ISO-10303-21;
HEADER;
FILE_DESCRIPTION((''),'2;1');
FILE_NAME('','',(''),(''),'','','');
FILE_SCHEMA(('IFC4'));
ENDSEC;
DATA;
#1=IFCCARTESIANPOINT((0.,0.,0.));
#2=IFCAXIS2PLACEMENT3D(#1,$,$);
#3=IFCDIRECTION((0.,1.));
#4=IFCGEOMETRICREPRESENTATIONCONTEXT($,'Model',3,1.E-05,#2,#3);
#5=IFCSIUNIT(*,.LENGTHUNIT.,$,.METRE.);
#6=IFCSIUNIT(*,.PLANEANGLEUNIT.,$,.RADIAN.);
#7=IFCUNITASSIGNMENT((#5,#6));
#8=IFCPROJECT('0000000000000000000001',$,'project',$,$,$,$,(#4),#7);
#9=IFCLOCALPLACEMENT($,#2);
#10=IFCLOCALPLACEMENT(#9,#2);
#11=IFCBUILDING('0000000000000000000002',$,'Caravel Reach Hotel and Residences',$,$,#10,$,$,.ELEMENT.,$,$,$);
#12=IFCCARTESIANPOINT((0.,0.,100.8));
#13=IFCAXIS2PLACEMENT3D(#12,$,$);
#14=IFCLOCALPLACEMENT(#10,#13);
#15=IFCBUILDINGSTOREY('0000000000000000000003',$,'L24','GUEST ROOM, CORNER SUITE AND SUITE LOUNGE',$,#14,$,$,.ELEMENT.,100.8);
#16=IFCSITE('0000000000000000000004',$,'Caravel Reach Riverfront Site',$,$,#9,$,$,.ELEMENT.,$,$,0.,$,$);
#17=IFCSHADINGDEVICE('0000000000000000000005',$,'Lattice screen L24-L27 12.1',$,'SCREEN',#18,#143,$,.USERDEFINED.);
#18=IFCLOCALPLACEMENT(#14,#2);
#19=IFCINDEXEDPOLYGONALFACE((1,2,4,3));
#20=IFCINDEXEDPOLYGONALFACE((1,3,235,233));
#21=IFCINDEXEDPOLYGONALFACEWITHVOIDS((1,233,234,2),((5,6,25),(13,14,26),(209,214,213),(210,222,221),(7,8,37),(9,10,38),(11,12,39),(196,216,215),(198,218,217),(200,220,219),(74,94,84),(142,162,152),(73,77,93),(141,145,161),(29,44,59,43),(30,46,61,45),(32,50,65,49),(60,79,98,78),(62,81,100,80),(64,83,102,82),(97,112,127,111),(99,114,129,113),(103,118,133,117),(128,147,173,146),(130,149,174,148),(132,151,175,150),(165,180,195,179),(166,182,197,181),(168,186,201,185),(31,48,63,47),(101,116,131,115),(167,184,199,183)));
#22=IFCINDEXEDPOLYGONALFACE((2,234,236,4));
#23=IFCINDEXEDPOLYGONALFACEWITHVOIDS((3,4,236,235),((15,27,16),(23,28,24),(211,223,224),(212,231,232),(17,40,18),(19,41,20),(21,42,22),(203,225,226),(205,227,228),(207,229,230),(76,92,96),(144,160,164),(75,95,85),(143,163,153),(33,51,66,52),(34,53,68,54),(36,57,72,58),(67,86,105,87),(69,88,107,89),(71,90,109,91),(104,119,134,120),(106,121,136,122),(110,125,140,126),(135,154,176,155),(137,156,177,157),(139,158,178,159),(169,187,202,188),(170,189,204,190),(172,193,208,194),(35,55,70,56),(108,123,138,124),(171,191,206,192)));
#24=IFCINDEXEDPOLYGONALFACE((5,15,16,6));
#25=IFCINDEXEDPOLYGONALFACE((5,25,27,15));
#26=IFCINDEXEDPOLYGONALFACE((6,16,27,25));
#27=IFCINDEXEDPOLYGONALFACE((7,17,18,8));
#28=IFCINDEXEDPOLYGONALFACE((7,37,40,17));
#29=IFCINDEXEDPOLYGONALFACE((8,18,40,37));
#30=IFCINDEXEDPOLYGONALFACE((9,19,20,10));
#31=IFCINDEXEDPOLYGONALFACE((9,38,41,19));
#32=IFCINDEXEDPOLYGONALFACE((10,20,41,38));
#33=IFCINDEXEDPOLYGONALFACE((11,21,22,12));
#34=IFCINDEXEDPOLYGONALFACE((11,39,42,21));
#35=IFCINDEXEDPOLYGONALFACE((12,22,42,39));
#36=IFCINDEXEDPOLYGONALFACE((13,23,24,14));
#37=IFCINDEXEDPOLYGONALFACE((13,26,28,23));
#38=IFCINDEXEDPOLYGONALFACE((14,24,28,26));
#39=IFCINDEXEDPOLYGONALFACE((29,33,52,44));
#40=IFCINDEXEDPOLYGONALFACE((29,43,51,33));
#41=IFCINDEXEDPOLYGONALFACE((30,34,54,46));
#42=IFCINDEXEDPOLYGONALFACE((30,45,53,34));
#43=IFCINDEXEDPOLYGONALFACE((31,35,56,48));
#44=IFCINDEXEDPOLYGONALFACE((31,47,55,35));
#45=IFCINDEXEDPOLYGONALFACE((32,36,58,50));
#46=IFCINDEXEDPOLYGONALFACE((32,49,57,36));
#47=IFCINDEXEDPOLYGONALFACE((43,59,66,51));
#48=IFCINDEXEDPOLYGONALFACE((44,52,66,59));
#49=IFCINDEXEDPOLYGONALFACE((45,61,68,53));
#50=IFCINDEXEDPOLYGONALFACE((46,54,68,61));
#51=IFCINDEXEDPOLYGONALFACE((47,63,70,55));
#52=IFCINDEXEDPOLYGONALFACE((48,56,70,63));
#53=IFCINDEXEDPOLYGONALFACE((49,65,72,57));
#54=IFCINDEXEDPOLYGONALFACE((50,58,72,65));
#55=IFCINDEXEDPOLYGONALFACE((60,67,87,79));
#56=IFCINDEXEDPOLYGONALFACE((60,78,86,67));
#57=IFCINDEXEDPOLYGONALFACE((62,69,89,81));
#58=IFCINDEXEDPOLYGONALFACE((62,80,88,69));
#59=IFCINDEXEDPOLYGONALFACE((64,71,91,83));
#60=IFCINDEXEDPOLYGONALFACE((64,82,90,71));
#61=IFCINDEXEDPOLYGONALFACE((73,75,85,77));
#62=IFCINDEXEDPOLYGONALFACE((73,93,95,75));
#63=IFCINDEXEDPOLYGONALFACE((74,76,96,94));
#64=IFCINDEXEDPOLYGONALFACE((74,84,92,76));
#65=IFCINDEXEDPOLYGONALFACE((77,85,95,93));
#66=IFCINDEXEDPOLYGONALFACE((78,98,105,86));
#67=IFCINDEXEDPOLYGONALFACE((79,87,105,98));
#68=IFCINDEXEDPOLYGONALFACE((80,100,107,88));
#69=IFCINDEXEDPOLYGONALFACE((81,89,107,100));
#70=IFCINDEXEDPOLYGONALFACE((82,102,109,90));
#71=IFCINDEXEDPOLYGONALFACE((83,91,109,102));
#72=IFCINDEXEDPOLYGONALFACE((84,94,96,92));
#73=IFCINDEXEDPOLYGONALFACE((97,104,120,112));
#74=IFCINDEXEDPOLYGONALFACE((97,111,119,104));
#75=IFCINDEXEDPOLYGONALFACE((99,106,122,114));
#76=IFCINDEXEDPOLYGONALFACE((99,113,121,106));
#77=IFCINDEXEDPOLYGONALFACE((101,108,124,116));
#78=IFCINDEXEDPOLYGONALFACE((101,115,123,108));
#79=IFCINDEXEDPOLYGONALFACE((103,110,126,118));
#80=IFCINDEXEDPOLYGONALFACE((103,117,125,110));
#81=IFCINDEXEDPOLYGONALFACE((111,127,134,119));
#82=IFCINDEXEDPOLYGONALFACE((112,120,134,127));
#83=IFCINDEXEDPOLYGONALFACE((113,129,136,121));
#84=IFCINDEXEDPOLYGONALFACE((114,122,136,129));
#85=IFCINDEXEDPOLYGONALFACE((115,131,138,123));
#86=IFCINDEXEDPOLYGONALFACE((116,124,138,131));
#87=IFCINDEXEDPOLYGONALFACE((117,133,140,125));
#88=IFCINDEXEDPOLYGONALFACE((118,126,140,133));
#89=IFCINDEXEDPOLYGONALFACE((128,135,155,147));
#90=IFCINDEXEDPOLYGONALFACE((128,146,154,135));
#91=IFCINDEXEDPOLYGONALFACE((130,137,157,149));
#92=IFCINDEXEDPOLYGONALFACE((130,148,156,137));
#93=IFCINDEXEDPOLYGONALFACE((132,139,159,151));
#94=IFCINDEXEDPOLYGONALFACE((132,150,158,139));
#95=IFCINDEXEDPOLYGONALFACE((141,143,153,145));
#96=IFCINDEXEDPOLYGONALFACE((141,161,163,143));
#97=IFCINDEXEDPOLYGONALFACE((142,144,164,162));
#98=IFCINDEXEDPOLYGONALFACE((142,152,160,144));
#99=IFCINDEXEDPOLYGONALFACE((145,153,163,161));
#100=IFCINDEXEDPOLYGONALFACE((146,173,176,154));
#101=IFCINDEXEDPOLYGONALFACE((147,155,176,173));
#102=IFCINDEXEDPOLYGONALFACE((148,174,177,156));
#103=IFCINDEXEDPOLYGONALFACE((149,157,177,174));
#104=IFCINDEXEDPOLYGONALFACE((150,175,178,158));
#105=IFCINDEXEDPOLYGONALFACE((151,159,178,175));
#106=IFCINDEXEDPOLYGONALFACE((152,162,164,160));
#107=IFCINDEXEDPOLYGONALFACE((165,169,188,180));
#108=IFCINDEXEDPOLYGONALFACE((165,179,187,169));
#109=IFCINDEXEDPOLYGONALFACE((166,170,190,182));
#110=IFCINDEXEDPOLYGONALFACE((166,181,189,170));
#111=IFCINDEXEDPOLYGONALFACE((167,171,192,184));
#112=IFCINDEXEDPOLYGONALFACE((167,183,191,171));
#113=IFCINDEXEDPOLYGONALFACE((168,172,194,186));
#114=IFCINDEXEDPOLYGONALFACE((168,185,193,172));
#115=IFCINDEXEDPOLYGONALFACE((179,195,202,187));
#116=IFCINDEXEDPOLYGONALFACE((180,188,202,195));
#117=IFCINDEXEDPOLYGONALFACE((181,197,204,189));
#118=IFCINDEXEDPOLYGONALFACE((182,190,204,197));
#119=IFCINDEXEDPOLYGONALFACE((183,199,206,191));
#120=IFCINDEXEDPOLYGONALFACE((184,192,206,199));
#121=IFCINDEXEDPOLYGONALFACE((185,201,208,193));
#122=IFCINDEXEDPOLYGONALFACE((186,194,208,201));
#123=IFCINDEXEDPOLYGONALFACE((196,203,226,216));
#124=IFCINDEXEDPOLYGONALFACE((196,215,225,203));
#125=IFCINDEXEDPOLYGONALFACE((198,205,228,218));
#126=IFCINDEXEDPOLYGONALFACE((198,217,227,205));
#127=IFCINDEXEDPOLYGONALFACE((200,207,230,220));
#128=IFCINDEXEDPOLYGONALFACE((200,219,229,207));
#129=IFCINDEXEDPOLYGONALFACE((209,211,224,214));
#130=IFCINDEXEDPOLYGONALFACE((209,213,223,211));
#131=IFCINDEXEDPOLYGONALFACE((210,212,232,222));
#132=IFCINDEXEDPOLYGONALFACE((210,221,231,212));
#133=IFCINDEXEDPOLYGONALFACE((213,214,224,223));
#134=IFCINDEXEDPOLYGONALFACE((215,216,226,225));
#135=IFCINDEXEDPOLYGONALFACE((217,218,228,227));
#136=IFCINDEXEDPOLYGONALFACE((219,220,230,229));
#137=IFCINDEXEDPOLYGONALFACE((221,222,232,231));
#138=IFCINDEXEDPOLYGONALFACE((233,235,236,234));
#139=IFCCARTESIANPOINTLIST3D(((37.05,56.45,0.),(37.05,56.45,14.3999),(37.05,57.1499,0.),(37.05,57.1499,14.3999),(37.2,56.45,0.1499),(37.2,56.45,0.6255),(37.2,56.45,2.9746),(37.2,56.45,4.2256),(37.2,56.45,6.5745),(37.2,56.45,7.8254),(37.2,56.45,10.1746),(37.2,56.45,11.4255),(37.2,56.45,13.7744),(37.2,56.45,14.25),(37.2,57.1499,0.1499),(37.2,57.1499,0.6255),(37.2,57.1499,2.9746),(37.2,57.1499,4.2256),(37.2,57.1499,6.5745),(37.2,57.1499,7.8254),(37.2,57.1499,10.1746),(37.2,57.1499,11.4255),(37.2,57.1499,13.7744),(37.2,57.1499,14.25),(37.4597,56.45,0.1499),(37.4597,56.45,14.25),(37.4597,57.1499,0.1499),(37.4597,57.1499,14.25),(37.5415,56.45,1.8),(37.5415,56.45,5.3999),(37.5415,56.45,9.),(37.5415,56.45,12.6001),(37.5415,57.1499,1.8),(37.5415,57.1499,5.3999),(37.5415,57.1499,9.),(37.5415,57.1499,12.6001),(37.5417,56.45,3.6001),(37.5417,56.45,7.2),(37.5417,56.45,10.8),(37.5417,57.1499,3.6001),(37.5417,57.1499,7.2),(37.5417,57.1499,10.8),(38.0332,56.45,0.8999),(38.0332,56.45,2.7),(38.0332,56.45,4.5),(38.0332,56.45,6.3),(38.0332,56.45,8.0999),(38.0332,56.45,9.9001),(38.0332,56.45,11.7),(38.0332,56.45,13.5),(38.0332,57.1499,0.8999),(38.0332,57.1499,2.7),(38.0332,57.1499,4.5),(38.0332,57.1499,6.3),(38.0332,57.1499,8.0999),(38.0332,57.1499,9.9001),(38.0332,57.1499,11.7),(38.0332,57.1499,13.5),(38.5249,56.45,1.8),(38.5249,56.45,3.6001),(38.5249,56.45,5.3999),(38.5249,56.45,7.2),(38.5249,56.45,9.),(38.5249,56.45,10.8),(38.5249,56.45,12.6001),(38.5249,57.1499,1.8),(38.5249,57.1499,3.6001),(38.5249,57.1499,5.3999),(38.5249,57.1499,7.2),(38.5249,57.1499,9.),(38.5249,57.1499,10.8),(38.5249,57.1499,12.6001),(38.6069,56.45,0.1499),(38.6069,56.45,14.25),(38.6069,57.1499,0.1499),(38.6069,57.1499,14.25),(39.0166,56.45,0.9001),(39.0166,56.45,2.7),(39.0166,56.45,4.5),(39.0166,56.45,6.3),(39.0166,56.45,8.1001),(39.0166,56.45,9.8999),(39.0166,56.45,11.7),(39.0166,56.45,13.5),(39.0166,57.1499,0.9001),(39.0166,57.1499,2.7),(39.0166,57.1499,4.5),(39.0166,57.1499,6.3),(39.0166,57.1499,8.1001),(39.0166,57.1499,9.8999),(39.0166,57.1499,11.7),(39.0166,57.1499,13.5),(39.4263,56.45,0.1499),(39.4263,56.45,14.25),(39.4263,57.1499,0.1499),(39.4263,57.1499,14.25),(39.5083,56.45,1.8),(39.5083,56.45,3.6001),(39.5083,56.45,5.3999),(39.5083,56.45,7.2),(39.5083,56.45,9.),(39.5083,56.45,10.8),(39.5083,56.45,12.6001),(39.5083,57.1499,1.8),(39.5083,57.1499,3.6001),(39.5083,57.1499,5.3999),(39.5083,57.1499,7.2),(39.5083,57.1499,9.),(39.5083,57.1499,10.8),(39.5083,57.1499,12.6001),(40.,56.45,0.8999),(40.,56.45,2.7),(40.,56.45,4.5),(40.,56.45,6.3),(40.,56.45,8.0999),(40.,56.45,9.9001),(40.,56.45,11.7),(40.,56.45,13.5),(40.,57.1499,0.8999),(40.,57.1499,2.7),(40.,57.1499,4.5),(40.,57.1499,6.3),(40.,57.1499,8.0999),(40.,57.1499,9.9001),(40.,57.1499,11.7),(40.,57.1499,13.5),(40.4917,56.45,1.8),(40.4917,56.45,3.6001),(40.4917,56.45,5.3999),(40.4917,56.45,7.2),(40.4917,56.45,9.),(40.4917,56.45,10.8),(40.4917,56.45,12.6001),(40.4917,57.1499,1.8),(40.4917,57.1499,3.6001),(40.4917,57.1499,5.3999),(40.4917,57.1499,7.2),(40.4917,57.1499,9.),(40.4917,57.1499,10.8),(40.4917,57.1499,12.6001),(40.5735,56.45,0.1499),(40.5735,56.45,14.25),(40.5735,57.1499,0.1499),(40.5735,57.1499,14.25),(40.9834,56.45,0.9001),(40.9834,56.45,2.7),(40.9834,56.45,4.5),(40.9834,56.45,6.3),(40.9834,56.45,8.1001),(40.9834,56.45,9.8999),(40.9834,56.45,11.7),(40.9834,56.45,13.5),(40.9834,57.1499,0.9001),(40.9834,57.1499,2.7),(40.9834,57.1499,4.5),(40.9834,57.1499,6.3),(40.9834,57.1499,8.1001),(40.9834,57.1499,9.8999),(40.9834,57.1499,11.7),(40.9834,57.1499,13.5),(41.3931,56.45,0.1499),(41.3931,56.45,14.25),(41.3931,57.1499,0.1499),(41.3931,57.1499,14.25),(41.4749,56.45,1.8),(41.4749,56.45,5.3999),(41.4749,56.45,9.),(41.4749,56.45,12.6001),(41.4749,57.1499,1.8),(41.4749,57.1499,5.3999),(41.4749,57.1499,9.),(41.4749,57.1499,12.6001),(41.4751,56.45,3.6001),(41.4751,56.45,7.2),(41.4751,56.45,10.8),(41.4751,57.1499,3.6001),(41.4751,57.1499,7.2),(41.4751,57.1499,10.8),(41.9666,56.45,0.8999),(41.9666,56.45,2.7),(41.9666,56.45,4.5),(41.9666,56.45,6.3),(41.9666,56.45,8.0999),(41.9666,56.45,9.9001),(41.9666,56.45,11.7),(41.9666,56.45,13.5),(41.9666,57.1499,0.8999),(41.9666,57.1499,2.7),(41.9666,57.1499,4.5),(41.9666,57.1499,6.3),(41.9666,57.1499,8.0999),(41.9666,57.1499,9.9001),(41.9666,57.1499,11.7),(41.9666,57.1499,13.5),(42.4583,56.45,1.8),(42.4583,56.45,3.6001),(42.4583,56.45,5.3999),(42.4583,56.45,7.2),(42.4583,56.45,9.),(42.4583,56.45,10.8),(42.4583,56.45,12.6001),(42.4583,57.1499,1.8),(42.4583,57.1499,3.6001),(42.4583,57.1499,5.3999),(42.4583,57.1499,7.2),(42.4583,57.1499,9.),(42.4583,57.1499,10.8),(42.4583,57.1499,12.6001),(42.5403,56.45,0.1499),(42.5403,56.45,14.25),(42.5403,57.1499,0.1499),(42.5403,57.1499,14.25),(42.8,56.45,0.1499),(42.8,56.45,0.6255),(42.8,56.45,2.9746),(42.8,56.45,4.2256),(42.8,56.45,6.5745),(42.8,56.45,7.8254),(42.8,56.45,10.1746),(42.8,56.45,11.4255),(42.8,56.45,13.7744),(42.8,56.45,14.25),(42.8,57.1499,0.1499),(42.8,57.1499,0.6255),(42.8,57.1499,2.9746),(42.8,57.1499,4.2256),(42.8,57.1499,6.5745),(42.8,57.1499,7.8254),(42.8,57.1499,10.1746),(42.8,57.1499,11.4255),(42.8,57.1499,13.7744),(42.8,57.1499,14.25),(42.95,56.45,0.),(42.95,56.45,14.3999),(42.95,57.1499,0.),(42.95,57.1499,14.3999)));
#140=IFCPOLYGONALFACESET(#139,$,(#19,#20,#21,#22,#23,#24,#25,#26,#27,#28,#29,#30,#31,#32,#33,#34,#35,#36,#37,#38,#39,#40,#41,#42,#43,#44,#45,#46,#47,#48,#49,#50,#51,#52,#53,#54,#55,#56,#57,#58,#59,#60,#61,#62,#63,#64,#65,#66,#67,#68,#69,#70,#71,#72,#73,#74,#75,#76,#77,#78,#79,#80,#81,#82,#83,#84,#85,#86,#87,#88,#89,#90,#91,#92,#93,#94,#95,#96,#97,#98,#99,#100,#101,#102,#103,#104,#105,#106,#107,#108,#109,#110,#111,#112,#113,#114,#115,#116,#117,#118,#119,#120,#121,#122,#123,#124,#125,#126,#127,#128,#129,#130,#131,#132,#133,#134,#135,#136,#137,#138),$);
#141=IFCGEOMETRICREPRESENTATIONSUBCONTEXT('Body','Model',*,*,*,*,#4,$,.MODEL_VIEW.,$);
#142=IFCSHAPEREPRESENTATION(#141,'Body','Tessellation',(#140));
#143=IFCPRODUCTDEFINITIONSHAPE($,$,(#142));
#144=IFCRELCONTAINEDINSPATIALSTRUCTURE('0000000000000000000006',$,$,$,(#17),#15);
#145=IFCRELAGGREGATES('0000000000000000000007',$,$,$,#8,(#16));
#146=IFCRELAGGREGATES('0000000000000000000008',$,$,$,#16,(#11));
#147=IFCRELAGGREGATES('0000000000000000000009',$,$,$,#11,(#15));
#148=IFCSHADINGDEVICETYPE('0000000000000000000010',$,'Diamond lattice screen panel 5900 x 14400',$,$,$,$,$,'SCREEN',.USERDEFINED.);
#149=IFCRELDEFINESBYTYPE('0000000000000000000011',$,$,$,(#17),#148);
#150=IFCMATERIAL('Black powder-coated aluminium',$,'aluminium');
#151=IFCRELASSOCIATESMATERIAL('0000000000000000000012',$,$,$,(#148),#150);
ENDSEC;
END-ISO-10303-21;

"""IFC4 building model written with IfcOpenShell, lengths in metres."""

from ifc_helpers import new_model, si_unit, direction, frame, origin, place, context, subcontext, project, spatial, polyline, outline, extrude, material, type_object, element, save


model = new_model("IFC4")

# Units and contexts
model_context = context("Model", 3, precision=1e-05, world=origin(), true_north=direction((0.0, 1.0)))
body_context = subcontext(model_context, "Body", "Model", "MODEL_VIEW")
ifc_project = project(units=[si_unit("LENGTHUNIT", "METRE"), si_unit("PLANEANGLEUNIT", "RADIAN")], contexts=[model_context])

# Site, building, storey
site_placement = place(None, origin())
site = spatial("IfcSite", under=ifc_project, at=site_placement, Name="Caravel Reach Riverfront Site", CompositionType="ELEMENT", RefElevation=0.0)
building_placement = place(site_placement, origin())
building = spatial("IfcBuilding", under=site, at=building_placement, Name="Caravel Reach Hotel and Residences", CompositionType="ELEMENT")
storey_placement = place(building_placement, frame((0.0, 0.0, 100.8)))
storey = spatial("IfcBuildingStorey", under=building, at=storey_placement, Name="L24", Description="GUEST ROOM, CORNER SUITE AND SUITE LOUNGE", CompositionType="ELEMENT", Elevation=100.8)

# Shading device
ifc_material_1 = material(Name="Black powder-coated aluminium", Category="aluminium")
shading_device_type_1 = type_object("IfcShadingDeviceType", Name="Diamond lattice screen panel 5900 x 14400", ElementType="SCREEN", PredefinedType="USERDEFINED", material=ifc_material_1)
shading_device_1_placement = place(storey_placement, frame((42.95, 56.45, 0.0), z_axis=(0.0, 1.0, 0.0), x_axis=(-1.0, 0.0, 0.0)))
element("IfcShadingDevice", 1, at=shading_device_1_placement, inside=storey, type_object=shading_device_type_1, Name="Lattice screen L24-L27 12.1", ObjectType="SCREEN", PredefinedType="USERDEFINED", context=body_context, shape_type="SweptSolid", body=[
    extrude(outline(polyline([(0.0, 0.0), (5.8999, 0.0), (5.8999, 14.3999), (0.0, 14.3999), (0.0, 0.0)]), holes=[polyline([(0.4097, 0.1499), (0.1499, 0.6255), (0.1499, 0.1499), (0.4097, 0.1499)]), polyline([(0.4917, 3.6001), (0.1499, 4.2256), (0.1499, 2.9746), (0.4917, 3.6001)]), polyline([(0.4917, 7.2), (0.1499, 7.8254), (0.1499, 6.5745), (0.4917, 7.2)]), polyline([(0.4917, 10.8), (0.1499, 11.4255), (0.1499, 10.1746), (0.4917, 10.8)]), polyline([(0.1499, 13.7744), (0.4097, 14.25), (0.1499, 14.25), (0.1499, 13.7744)]), polyline([(0.9834, 2.7), (0.4917, 1.8), (0.9834, 0.8999), (1.4751, 1.8), (0.9834, 2.7)]), polyline([(0.9834, 6.3), (0.4917, 5.3999), (0.9834, 4.5), (1.4751, 5.3999), (0.9834, 6.3)]), polyline([(0.9834, 9.9001), (0.4917, 9.0), (0.9834, 8.0999), (1.4751, 9.0), (0.9834, 9.9001)]), polyline([(0.9834, 13.5), (0.4917, 12.6001), (0.9834, 11.7), (1.4751, 12.6001), (0.9834, 13.5)]), polyline([(1.9666, 0.9001), (1.5569, 0.1499), (2.3765, 0.1499), (1.9666, 0.9001)]), polyline([(1.9666, 4.5), (1.4749, 3.6001), (1.9666, 2.7), (2.4583, 3.6001), (1.9666, 4.5)]), polyline([(1.9666, 8.1001), (1.4749, 7.2), (1.9666, 6.3), (2.4583, 7.2), (1.9666, 8.1001)]), polyline([(1.9666, 11.7), (1.4749, 10.8), (1.9666, 9.8999), (2.4583, 10.8), (1.9666, 11.7)]), polyline([(1.9666, 13.5), (2.3765, 14.25), (1.5569, 14.25), (1.9666, 13.5)]), polyline([(2.95, 2.7), (2.4583, 1.8), (2.95, 0.8999), (3.4417, 1.8), (2.95, 2.7)]), polyline([(2.95, 6.3), (2.4583, 5.3999), (2.95, 4.5), (3.4417, 5.3999), (2.95, 6.3)]), polyline([(2.95, 9.9001), (2.4583, 9.0), (2.95, 8.0999), (3.4417, 9.0), (2.95, 9.9001)]), polyline([(2.95, 13.5), (2.4583, 12.6001), (2.95, 11.7), (3.4417, 12.6001), (2.95, 13.5)]), polyline([(3.9333, 0.9001), (3.5237, 0.1499), (4.343, 0.1499), (3.9333, 0.9001)]), polyline([(3.9333, 4.5), (3.4417, 3.6001), (3.9333, 2.7), (4.425, 3.6001), (3.9333, 4.5)]), polyline([(3.9333, 8.1001), (3.4417, 7.2), (3.9333, 6.3), (4.425, 7.2), (3.9333, 8.1001)]), polyline([(3.9333, 11.7), (3.4417, 10.8), (3.9333, 9.8999), (4.425, 10.8), (3.9333, 11.7)]), polyline([(3.9333, 13.5), (4.343, 14.25), (3.5237, 14.25), (3.9333, 13.5)]), polyline([(4.9167, 2.7), (4.425, 1.8), (4.9167, 0.8999), (5.4084, 1.8), (4.9167, 2.7)]), polyline([(4.9167, 6.3), (4.425, 5.3999), (4.9167, 4.5), (5.4084, 5.3999), (4.9167, 6.3)]), polyline([(4.9167, 9.9001), (4.425, 9.0), (4.9167, 8.0999), (5.4084, 9.0), (4.9167, 9.9001)]), polyline([(4.9167, 13.5), (4.425, 12.6001), (4.9167, 11.7), (5.4084, 12.6001), (4.9167, 13.5)]), polyline([(5.75, 0.6255), (5.4902, 0.1499), (5.75, 0.1499), (5.75, 0.6255)]), polyline([(5.4082, 3.6001), (5.75, 2.9746), (5.75, 4.2256), (5.4082, 3.6001)]), polyline([(5.4082, 7.2), (5.75, 6.5745), (5.75, 7.8254), (5.4082, 7.2)]), polyline([(5.4082, 10.8), (5.75, 10.1746), (5.75, 11.4255), (5.4082, 10.8)]), polyline([(5.4902, 14.25), (5.75, 13.7744), (5.75, 14.25), (5.4902, 14.25)])]), origin(), (0.0, 0.0, 1.0), 0.7),
])

save(model, "model.ifc")
